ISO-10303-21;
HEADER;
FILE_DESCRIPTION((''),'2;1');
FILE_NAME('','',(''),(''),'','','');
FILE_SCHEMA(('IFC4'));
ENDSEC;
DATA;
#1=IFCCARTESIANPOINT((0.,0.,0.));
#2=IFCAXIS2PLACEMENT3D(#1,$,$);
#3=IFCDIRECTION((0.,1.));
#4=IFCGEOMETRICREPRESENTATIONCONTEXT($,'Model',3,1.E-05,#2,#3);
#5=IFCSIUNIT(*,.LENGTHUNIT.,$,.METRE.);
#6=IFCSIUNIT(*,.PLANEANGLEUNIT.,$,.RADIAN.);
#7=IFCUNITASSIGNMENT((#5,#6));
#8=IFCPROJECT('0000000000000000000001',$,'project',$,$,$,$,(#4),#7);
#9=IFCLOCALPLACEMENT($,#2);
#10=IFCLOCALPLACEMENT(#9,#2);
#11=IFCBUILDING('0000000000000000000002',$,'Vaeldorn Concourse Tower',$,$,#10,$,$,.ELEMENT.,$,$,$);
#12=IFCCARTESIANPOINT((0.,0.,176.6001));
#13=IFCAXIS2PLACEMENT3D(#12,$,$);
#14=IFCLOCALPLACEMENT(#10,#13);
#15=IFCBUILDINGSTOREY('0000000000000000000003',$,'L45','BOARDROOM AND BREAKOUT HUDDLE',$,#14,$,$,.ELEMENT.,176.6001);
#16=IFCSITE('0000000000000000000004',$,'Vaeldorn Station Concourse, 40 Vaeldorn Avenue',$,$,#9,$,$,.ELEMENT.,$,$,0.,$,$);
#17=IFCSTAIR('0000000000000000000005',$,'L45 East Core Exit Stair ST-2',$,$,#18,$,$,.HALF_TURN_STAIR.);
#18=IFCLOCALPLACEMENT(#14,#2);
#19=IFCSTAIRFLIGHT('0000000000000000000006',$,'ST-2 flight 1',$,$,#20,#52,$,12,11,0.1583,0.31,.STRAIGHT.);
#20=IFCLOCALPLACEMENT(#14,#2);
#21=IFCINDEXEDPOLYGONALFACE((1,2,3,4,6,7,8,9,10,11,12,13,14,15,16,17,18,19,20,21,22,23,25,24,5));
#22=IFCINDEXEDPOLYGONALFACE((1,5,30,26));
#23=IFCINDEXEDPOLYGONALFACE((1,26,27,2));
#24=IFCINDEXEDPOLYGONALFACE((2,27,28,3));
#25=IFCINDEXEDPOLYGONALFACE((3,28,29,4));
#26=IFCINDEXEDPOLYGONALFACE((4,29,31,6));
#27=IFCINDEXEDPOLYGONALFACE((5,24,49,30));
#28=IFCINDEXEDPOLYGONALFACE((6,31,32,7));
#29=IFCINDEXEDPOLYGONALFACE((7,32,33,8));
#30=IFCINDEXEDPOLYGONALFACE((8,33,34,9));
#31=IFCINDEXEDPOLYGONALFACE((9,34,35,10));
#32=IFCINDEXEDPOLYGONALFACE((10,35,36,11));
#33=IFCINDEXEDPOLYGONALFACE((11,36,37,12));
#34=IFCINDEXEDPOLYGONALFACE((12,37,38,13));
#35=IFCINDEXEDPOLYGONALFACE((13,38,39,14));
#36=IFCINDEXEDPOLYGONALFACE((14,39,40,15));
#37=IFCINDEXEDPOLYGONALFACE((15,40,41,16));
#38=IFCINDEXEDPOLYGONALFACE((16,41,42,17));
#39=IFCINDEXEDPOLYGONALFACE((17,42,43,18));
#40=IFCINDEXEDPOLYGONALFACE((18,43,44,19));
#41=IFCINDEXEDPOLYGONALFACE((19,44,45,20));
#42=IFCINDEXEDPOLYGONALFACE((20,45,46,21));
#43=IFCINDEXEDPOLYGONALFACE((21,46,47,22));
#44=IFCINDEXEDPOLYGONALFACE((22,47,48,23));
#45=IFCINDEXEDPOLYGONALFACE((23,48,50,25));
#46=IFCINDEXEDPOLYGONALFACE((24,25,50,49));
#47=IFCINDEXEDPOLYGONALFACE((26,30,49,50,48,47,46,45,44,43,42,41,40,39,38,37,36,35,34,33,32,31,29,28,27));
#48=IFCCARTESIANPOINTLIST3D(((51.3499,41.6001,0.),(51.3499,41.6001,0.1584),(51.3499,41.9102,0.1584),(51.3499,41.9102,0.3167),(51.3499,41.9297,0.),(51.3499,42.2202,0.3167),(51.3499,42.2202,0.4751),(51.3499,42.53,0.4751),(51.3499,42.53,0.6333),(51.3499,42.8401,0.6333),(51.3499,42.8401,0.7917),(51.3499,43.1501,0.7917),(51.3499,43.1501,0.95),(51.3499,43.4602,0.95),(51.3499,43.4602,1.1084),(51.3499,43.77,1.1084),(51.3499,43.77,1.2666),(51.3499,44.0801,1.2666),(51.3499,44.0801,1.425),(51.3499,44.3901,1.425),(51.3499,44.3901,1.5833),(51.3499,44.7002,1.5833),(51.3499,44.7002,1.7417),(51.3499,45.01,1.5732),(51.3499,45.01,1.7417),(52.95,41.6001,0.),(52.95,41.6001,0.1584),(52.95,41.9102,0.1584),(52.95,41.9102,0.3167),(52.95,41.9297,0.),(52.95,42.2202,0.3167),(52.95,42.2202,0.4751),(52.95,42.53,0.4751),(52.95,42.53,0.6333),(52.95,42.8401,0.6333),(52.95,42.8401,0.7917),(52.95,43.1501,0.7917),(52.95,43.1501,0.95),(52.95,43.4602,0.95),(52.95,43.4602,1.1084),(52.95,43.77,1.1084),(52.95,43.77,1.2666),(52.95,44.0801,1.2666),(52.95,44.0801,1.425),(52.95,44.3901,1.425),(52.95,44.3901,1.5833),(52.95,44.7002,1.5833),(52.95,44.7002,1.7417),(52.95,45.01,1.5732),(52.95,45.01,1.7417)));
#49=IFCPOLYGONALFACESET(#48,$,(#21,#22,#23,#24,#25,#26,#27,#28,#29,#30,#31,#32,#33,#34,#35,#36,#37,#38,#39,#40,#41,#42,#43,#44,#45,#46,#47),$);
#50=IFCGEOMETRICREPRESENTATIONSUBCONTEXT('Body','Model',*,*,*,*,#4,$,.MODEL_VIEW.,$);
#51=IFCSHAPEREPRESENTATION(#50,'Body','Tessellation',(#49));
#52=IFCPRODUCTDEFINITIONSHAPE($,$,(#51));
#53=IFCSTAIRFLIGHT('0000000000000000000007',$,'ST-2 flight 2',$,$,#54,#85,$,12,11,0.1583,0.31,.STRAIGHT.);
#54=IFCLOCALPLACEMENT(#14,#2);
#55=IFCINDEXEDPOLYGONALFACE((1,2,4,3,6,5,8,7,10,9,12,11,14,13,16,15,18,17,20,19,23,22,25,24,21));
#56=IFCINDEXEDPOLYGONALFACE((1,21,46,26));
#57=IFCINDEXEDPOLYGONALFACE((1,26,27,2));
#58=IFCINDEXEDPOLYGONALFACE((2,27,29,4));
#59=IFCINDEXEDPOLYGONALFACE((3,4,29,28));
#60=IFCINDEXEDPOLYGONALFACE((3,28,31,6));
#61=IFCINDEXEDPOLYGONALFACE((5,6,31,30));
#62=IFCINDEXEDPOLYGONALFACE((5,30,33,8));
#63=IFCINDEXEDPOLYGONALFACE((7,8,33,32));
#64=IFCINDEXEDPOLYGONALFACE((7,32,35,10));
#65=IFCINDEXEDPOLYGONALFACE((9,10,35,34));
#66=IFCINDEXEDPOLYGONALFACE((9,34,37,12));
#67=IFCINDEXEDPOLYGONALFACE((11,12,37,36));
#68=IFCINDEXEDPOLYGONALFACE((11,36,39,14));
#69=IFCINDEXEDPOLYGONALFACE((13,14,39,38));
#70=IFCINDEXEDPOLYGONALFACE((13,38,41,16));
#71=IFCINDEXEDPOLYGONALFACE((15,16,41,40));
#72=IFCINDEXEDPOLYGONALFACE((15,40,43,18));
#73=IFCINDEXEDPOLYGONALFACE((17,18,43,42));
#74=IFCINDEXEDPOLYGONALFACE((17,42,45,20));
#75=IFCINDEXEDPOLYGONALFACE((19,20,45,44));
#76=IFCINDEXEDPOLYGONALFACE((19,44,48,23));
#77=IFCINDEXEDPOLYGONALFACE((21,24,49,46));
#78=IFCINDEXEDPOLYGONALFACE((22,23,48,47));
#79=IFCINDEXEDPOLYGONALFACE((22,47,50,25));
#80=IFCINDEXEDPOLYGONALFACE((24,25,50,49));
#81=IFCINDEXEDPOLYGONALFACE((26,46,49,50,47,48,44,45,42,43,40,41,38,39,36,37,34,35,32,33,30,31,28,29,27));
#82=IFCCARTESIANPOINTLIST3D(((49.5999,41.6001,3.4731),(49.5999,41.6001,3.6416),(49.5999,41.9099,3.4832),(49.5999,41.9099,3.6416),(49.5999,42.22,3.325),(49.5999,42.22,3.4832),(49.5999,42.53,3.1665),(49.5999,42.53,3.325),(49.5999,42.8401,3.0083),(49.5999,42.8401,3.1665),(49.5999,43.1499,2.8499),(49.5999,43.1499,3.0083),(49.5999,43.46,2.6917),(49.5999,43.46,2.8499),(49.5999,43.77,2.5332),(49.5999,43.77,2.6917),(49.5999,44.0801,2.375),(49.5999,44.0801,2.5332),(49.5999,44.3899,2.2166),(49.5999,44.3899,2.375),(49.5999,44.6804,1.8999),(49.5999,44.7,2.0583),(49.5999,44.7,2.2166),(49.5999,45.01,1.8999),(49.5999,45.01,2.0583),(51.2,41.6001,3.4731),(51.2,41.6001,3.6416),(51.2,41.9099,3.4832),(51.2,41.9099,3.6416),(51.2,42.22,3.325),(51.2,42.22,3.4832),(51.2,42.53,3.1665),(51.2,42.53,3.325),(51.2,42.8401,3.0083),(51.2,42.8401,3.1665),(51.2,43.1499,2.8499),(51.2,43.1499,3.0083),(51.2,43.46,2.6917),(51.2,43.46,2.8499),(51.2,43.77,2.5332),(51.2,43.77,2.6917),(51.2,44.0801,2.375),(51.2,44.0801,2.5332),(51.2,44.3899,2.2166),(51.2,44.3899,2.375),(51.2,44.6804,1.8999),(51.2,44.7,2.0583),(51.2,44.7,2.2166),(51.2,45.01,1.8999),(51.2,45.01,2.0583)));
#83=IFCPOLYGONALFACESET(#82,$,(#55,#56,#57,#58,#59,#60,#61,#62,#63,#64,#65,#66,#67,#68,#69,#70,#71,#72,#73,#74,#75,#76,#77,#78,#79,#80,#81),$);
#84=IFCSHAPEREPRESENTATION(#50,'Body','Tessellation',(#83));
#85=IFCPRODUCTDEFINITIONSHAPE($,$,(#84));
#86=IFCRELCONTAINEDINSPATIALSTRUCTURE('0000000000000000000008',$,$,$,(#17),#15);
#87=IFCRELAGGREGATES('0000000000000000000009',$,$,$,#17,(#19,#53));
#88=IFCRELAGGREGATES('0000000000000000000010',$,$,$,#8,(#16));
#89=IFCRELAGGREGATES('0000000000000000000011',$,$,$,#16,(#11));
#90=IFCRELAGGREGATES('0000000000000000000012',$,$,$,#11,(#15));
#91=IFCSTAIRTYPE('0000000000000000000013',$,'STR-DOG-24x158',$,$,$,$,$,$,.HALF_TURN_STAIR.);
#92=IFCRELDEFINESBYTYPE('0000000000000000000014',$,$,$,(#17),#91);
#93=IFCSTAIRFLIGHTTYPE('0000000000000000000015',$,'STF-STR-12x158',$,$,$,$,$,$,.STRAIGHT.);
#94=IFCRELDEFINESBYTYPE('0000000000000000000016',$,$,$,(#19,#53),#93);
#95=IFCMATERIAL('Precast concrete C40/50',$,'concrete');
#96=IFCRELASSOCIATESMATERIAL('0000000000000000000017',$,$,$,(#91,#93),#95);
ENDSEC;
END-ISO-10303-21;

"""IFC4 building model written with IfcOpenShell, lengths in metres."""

from ifc_helpers import new_model, si_unit, direction, frame, origin, place, context, subcontext, project, spatial, polyline, outline, extrude, material, type_object, element, aggregate, save


model = new_model("IFC4")

# Units and contexts
model_context = context("Model", 3, precision=1e-05, world=origin(), true_north=direction((0.0, 1.0)))
body_context = subcontext(model_context, "Body", "Model", "MODEL_VIEW")
ifc_project = project(units=[si_unit("LENGTHUNIT", "METRE"), si_unit("PLANEANGLEUNIT", "RADIAN")], contexts=[model_context])

# Site, building, storey
site_placement = place(None, origin())
site = spatial("IfcSite", under=ifc_project, at=site_placement, Name="Vaeldorn Station Concourse, 40 Vaeldorn Avenue", CompositionType="ELEMENT", RefElevation=0.0)
building_placement = place(site_placement, origin())
building = spatial("IfcBuilding", under=site, at=building_placement, Name="Vaeldorn Concourse Tower", CompositionType="ELEMENT")
storey_placement = place(building_placement, frame((0.0, 0.0, 176.6001)))
storey = spatial("IfcBuildingStorey", under=building, at=storey_placement, Name="L45", Description="BOARDROOM AND BREAKOUT HUDDLE", CompositionType="ELEMENT", Elevation=176.6001)

# Stair, stair flights
ifc_material_1 = material(Name="Precast concrete C40/50", Category="concrete")
stair_type = type_object("IfcStairType", Name="STR-DOG-24x158", PredefinedType="HALF_TURN_STAIR", material=ifc_material_1)
stair_placement = place(storey_placement, origin())
stair = element("IfcStair", 1, at=stair_placement, inside=storey, type_object=stair_type, Name="L45 East Core Exit Stair ST-2", PredefinedType="HALF_TURN_STAIR")
stair_flight_type = type_object("IfcStairFlightType", Name="STF-STR-12x158", PredefinedType="STRAIGHT", material=ifc_material_1)
stair_flight_1_placement = place(storey_placement, frame((52.1499, 41.6001, 0.0), z_axis=(0.0, 0.0, 1.0), x_axis=(0.0, 1.0, 0.0)))
stair_flight_1 = element("IfcStairFlight", 2, at=stair_flight_1_placement, type_object=stair_flight_type, Name="ST-2 flight 1", NumberOfRisers=12, NumberOfTreads=11, PredefinedType="STRAIGHT", RiserHeight=0.1583, TreadLength=0.31, context=body_context, shape_type="SweptSolid", body=[
    extrude(outline(polyline([(0.0, 0.0), (0.0, 0.1584), (0.3101, 0.1584), (0.3101, 0.3167), (0.6201, 0.3167), (0.6201, 0.4751), (0.9299, 0.4751), (0.9299, 0.6333), (1.24, 0.6333), (1.24, 0.7917), (1.55, 0.7917), (1.55, 0.95), (1.8601, 0.95), (1.8601, 1.1084), (2.1699, 1.1084), (2.1699, 1.2666), (2.48, 1.2666), (2.48, 1.425), (2.79, 1.425), (2.79, 1.5833), (3.1001, 1.5833), (3.1001, 1.7417), (3.4099, 1.7417), (3.4099, 1.8999), (3.4099, 1.5732), (0.3296, 0.0), (0.0, 0.0)])), frame((0.0, 0.8, 0.0), z_axis=(0.0, -1.0, 0.0), x_axis=(1.0, 0.0, 0.0)), (0.0, 0.0, 1.0), 1.6001),
])
stair_flight_2_placement = place(storey_placement, frame((50.3999, 45.01, 1.8999), z_axis=(0.0, 0.0, 1.0), x_axis=(0.0, -1.0, 0.0)))
stair_flight_2 = element("IfcStairFlight", 3, at=stair_flight_2_placement, type_object=stair_flight_type, Name="ST-2 flight 2", NumberOfRisers=12, NumberOfTreads=11, PredefinedType="STRAIGHT", RiserHeight=0.1583, TreadLength=0.31, context=body_context, shape_type="SweptSolid", body=[
    extrude(outline(polyline([(0.0, 0.0), (0.0, 0.1584), (0.3101, 0.1584), (0.3101, 0.3167), (0.6201, 0.3167), (0.6201, 0.4751), (0.9299, 0.4751), (0.9299, 0.6333), (1.24, 0.6333), (1.24, 0.7917), (1.55, 0.7917), (1.55, 0.95), (1.8601, 0.95), (1.8601, 1.1084), (2.1699, 1.1084), (2.1699, 1.2666), (2.48, 1.2666), (2.48, 1.425), (2.79, 1.425), (2.79, 1.5833), (3.1001, 1.5833), (3.1001, 1.7417), (3.4099, 1.7417), (3.4099, 1.8999), (3.4099, 1.5732), (0.3296, 0.0), (0.0, 0.0)])), frame((0.0, 0.8, 0.0), z_axis=(0.0, -1.0, 0.0), x_axis=(1.0, 0.0, 0.0)), (0.0, 0.0, 1.0), 1.6001),
])
aggregate(stair, [stair_flight_1, stair_flight_2])

save(model, "model.ifc")
